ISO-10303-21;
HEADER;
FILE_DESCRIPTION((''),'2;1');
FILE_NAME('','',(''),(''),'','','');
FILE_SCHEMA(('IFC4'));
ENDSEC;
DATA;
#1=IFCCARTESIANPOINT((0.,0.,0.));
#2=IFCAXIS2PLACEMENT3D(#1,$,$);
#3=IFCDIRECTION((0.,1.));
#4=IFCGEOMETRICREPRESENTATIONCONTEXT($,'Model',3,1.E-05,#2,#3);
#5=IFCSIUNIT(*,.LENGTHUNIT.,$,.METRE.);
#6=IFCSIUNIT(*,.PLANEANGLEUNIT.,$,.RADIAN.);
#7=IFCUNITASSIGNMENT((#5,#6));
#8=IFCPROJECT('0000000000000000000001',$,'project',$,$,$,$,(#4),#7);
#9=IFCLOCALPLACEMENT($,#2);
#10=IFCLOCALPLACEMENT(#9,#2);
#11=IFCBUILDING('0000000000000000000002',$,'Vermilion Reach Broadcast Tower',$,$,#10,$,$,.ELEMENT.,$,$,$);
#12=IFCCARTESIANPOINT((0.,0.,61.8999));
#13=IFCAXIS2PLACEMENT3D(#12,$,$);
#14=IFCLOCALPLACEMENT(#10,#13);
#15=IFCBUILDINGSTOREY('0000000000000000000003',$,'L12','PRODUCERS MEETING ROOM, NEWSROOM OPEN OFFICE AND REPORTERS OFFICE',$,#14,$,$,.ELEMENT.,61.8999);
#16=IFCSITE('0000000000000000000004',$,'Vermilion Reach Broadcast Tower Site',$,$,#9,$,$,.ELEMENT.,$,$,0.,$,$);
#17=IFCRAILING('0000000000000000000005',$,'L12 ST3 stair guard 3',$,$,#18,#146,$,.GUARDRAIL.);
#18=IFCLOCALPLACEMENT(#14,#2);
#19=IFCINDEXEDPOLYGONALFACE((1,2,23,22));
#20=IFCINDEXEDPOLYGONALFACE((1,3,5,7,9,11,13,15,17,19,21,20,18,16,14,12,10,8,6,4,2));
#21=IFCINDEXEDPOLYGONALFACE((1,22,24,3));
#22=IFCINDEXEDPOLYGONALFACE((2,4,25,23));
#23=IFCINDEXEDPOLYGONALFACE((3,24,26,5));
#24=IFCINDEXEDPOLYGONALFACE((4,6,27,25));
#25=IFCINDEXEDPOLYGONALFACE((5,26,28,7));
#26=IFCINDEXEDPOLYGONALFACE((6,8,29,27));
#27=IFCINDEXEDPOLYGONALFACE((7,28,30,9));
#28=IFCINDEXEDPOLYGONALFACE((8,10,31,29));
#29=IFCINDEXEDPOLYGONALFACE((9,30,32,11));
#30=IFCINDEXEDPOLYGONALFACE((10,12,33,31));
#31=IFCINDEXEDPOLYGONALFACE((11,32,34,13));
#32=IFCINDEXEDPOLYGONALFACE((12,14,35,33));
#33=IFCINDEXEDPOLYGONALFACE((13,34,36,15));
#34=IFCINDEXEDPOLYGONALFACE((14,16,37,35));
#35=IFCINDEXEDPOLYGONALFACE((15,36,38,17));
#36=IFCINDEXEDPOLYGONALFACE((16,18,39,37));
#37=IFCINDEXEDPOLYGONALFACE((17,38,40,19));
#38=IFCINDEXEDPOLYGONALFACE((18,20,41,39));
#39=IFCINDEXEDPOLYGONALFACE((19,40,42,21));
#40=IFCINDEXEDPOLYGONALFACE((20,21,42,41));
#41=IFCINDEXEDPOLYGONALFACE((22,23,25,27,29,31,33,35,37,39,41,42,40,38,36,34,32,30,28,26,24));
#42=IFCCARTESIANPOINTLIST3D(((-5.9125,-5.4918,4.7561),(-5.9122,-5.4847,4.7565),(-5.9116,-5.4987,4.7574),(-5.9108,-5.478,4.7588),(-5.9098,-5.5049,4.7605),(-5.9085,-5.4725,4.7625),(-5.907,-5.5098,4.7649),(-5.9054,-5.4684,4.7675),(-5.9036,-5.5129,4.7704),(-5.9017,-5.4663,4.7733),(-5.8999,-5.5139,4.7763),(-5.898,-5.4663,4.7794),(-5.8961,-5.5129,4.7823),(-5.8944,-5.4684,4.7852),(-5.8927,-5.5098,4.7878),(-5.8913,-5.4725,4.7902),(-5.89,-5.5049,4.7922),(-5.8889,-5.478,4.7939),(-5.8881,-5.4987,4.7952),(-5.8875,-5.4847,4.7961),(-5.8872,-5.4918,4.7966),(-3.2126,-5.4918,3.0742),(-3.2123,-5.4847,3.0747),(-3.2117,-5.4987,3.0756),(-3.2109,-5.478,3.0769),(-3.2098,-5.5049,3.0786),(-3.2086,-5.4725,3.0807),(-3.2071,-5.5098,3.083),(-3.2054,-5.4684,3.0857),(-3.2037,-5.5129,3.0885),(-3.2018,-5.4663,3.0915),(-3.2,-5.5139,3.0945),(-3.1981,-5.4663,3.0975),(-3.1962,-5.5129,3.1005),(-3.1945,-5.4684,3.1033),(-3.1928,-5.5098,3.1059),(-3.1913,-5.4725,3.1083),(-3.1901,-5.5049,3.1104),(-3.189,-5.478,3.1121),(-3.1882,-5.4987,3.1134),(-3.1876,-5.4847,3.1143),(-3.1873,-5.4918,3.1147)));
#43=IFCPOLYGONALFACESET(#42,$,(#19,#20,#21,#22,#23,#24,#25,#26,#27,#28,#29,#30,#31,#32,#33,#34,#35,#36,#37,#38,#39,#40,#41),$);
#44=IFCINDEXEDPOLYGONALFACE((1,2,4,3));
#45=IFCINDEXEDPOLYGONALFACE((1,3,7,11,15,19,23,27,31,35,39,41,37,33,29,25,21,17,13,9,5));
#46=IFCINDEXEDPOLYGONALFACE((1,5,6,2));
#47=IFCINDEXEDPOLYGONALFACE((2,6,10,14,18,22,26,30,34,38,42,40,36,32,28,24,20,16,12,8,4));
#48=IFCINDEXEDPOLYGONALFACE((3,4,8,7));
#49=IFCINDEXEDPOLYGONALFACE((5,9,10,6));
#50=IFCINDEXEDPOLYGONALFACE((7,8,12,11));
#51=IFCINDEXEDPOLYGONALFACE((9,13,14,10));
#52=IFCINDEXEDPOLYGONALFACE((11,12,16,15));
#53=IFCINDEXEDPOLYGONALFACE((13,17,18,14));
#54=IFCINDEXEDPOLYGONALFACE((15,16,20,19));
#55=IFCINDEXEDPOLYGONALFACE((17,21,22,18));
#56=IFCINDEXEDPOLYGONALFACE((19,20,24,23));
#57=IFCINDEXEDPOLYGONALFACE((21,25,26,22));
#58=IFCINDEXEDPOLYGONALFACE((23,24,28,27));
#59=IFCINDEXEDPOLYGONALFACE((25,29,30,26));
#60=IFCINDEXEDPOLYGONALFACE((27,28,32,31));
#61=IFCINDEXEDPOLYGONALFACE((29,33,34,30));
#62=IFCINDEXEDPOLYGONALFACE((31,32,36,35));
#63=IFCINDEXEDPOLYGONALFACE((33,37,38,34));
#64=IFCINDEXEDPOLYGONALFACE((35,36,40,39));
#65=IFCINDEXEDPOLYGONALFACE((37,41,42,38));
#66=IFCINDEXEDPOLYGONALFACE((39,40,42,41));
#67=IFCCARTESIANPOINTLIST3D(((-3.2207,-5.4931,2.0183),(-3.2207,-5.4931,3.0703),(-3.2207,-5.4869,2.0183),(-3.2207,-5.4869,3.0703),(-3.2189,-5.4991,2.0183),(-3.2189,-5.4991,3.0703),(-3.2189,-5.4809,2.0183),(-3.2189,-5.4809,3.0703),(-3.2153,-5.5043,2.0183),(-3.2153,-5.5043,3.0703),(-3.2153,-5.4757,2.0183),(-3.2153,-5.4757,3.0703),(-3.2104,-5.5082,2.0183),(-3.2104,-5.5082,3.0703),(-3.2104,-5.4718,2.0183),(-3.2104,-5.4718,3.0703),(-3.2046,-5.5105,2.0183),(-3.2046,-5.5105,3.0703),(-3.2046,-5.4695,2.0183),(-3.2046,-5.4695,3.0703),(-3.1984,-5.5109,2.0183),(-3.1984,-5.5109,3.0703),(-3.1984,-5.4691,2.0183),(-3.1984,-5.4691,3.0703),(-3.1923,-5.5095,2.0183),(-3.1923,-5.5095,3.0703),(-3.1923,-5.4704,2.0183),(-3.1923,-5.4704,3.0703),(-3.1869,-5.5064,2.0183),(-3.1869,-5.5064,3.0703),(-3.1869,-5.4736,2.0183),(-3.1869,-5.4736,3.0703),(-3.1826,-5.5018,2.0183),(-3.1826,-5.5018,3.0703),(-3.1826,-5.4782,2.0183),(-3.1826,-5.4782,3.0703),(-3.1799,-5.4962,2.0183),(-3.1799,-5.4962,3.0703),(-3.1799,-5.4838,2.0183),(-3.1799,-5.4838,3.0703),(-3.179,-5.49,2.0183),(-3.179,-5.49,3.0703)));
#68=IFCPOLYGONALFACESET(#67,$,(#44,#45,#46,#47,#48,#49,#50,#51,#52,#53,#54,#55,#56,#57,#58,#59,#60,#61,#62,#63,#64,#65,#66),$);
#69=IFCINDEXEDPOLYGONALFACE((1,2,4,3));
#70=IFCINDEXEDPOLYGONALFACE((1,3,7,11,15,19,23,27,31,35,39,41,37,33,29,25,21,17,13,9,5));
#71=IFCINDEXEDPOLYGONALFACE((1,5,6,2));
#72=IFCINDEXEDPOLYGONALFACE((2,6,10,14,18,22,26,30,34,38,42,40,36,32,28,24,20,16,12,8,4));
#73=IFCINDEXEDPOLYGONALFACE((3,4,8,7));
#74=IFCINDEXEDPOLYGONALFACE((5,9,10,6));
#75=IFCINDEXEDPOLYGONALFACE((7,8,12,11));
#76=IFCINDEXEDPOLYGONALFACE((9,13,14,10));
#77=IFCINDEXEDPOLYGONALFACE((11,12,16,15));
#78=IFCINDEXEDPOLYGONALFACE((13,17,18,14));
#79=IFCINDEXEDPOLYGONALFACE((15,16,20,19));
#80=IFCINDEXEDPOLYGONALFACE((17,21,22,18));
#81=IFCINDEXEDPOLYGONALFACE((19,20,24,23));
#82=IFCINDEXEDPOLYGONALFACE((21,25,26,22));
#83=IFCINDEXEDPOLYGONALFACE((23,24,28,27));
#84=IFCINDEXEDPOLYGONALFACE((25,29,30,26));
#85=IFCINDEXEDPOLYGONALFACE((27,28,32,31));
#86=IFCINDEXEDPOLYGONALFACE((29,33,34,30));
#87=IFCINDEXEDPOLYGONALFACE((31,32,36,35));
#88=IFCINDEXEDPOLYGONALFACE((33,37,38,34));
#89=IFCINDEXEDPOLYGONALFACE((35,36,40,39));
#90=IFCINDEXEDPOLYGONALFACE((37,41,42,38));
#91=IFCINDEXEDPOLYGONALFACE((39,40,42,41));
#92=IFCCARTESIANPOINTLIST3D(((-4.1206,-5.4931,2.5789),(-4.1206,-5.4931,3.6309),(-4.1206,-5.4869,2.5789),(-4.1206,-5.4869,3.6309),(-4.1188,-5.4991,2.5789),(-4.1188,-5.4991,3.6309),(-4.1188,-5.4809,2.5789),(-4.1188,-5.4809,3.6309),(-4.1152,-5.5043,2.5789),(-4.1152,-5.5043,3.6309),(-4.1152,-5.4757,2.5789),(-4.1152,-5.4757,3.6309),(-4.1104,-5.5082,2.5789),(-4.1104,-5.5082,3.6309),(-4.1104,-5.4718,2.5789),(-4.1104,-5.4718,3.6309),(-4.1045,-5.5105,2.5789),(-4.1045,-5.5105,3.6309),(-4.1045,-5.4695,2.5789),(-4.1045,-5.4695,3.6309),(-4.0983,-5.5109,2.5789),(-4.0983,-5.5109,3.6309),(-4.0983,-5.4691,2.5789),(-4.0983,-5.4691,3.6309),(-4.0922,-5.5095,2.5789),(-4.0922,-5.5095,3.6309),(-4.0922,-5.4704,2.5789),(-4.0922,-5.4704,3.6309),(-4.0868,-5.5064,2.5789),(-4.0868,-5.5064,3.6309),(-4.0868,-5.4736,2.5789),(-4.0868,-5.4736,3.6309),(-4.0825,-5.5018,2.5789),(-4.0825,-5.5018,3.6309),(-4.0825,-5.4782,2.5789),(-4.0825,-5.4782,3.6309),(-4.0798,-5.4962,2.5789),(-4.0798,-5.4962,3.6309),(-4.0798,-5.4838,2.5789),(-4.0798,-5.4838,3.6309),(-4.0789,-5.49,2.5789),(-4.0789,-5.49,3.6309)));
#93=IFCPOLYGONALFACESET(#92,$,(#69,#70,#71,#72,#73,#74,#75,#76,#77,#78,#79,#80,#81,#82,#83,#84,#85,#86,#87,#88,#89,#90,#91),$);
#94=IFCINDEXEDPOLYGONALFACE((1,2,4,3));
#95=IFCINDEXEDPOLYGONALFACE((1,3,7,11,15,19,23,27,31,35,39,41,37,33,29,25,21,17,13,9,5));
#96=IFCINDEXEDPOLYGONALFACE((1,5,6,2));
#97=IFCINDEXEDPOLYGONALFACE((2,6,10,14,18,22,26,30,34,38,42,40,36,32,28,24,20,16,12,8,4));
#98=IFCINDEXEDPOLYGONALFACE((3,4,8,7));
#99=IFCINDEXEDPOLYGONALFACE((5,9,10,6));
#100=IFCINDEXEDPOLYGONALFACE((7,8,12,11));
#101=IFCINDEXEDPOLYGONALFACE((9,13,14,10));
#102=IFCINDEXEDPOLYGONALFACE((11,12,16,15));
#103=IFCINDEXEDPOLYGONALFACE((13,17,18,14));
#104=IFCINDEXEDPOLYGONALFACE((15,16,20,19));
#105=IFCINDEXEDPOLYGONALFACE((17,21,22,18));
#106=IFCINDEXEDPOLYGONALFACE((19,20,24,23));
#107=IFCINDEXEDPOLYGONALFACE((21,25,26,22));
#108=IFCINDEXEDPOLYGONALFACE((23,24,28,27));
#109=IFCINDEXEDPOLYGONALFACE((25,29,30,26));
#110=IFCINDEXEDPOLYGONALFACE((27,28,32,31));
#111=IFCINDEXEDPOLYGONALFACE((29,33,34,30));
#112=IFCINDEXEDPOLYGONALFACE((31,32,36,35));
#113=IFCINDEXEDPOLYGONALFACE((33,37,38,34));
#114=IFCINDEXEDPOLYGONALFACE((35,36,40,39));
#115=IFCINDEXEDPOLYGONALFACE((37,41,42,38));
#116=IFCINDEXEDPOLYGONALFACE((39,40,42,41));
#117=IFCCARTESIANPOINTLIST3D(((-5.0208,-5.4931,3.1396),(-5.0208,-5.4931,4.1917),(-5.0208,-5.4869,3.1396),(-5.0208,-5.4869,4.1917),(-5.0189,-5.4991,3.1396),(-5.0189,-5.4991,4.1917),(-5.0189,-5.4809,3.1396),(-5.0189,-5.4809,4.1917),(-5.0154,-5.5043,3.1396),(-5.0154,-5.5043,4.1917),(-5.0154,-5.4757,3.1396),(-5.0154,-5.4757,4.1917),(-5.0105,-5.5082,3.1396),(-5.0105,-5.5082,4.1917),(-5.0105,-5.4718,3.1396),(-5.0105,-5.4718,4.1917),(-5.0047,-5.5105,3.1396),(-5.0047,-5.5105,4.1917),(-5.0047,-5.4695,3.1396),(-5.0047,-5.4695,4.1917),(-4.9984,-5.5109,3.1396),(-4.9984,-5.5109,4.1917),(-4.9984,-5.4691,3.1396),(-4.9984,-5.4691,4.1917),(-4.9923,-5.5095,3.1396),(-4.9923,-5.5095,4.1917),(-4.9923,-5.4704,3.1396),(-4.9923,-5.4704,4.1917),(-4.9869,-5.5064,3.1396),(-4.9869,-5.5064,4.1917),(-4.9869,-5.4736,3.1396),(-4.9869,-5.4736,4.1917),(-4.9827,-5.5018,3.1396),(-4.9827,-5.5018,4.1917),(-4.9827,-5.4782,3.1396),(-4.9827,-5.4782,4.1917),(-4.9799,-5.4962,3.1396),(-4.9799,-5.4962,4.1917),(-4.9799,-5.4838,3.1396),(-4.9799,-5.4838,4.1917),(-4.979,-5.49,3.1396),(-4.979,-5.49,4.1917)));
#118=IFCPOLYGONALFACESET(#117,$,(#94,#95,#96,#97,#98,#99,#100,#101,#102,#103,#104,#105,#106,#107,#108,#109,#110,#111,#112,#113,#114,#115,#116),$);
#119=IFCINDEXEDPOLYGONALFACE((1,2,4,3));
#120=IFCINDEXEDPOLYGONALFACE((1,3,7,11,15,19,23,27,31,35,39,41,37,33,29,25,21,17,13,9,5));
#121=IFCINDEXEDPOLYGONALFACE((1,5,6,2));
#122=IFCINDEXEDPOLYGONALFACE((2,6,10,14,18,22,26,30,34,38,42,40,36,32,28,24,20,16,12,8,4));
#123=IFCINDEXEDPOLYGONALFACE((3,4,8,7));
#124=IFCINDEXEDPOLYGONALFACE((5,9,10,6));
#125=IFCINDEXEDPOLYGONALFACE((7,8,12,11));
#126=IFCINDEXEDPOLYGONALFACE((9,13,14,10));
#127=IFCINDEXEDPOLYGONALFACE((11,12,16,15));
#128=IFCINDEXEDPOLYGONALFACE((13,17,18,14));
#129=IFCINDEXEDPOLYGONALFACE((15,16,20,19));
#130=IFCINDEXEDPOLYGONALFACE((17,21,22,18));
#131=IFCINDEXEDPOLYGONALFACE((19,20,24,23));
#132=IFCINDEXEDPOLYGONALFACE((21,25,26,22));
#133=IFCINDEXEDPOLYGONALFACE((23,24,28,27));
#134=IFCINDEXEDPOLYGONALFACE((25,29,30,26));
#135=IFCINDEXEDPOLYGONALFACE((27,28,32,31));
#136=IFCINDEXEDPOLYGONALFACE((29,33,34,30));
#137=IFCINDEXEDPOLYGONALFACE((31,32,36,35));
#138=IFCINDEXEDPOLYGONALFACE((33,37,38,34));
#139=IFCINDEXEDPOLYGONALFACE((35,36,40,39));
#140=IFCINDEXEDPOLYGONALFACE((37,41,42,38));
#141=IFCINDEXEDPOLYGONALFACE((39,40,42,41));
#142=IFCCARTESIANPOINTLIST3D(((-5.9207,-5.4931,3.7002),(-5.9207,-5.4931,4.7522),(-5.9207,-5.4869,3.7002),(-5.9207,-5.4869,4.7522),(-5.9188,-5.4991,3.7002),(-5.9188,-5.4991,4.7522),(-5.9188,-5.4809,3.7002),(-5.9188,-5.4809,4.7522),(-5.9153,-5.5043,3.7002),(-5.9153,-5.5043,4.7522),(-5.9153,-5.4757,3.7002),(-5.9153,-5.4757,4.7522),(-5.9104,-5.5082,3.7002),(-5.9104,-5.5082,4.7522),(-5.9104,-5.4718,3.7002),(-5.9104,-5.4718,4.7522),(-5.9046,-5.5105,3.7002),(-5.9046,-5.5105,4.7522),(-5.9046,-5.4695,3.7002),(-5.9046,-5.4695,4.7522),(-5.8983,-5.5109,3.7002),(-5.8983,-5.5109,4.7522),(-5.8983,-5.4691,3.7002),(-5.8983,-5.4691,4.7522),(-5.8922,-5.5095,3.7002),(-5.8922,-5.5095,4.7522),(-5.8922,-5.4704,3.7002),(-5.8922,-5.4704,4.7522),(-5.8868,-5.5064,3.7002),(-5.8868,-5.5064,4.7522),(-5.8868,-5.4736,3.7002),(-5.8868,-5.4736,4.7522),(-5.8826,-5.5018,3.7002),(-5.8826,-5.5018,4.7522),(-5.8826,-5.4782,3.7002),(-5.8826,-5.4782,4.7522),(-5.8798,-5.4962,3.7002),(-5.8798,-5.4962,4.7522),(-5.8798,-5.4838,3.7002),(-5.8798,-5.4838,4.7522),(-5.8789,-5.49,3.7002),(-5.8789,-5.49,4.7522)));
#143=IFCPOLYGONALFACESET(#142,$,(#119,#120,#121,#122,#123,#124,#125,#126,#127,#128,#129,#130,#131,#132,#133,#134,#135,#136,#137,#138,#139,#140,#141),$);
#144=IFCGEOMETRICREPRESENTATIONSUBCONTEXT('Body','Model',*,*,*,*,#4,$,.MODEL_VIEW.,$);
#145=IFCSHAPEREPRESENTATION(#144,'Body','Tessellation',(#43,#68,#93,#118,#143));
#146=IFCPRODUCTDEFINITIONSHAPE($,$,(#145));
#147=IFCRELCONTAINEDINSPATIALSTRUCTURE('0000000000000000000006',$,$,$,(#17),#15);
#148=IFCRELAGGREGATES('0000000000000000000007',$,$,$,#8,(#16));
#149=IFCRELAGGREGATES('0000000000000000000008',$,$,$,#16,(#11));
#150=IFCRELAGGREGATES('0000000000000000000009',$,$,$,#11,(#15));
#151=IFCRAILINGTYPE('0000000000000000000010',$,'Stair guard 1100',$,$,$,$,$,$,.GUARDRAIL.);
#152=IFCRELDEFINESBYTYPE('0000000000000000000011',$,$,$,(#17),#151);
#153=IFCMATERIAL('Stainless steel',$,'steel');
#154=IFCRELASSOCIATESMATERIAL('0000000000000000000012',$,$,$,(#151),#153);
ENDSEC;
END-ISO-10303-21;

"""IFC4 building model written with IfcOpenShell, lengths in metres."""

from ifc_helpers import new_model, si_unit, direction, frame, origin, origin_2d, place, context, subcontext, project, spatial, circle, extrude, material, type_object, element, save


model = new_model("IFC4")

# Units and contexts
model_context = context("Model", 3, precision=1e-05, world=origin(), true_north=direction((0.0, 1.0)))
body_context = subcontext(model_context, "Body", "Model", "MODEL_VIEW")
ifc_project = project(units=[si_unit("LENGTHUNIT", "METRE"), si_unit("PLANEANGLEUNIT", "RADIAN")], contexts=[model_context])

# Site, building, storey
site_placement = place(None, origin())
site = spatial("IfcSite", under=ifc_project, at=site_placement, Name="Vermilion Reach Broadcast Tower Site", CompositionType="ELEMENT", RefElevation=0.0)
building_placement = place(site_placement, origin())
building = spatial("IfcBuilding", under=site, at=building_placement, Name="Vermilion Reach Broadcast Tower", CompositionType="ELEMENT")
storey_placement = place(building_placement, frame((0.0, 0.0, 61.8999)))
storey = spatial("IfcBuildingStorey", under=building, at=storey_placement, Name="L12", Description="PRODUCERS MEETING ROOM, NEWSROOM OPEN OFFICE AND REPORTERS OFFICE", CompositionType="ELEMENT", Elevation=61.8999)

# Railing
ifc_material_1 = material(Name="Stainless steel", Category="steel")
railing_type_1 = type_object("IfcRailingType", Name="Stair guard 1100", PredefinedType="GUARDRAIL", material=ifc_material_1)
railing_1_placement = place(storey_placement, frame((-3.2, -5.49, 2.0183)))
element("IfcRailing", 1, at=railing_1_placement, inside=storey, type_object=railing_type_1, Name="L12 ST3 stair guard 3", PredefinedType="GUARDRAIL", context=body_context, shape_type="SweptSolid", body=[
    extrude(circle(Radius=0.0239, at=origin_2d()), frame((0.0, 0.0, 1.0762), z_axis=(-0.848786, 0.0, 0.528736), x_axis=(0.0, -1.0, 0.0)), (0.0, 0.0, 1.0), 3.1809),
    extrude(circle(Radius=0.021, at=origin_2d()), origin(), (0.0, 0.0, 1.0), 1.052),
    extrude(circle(Radius=0.021, at=origin_2d()), frame((-0.8999, 0.0, 0.5605)), (0.0, 0.0, 1.0), 1.052),
    extrude(circle(Radius=0.021, at=origin_2d()), frame((-1.8, 0.0, 1.1213)), (0.0, 0.0, 1.0), 1.052),
    extrude(circle(Radius=0.021, at=origin_2d()), frame((-2.7, 0.0, 1.6819)), (0.0, 0.0, 1.0), 1.052),
])

save(model, "model.ifc")
